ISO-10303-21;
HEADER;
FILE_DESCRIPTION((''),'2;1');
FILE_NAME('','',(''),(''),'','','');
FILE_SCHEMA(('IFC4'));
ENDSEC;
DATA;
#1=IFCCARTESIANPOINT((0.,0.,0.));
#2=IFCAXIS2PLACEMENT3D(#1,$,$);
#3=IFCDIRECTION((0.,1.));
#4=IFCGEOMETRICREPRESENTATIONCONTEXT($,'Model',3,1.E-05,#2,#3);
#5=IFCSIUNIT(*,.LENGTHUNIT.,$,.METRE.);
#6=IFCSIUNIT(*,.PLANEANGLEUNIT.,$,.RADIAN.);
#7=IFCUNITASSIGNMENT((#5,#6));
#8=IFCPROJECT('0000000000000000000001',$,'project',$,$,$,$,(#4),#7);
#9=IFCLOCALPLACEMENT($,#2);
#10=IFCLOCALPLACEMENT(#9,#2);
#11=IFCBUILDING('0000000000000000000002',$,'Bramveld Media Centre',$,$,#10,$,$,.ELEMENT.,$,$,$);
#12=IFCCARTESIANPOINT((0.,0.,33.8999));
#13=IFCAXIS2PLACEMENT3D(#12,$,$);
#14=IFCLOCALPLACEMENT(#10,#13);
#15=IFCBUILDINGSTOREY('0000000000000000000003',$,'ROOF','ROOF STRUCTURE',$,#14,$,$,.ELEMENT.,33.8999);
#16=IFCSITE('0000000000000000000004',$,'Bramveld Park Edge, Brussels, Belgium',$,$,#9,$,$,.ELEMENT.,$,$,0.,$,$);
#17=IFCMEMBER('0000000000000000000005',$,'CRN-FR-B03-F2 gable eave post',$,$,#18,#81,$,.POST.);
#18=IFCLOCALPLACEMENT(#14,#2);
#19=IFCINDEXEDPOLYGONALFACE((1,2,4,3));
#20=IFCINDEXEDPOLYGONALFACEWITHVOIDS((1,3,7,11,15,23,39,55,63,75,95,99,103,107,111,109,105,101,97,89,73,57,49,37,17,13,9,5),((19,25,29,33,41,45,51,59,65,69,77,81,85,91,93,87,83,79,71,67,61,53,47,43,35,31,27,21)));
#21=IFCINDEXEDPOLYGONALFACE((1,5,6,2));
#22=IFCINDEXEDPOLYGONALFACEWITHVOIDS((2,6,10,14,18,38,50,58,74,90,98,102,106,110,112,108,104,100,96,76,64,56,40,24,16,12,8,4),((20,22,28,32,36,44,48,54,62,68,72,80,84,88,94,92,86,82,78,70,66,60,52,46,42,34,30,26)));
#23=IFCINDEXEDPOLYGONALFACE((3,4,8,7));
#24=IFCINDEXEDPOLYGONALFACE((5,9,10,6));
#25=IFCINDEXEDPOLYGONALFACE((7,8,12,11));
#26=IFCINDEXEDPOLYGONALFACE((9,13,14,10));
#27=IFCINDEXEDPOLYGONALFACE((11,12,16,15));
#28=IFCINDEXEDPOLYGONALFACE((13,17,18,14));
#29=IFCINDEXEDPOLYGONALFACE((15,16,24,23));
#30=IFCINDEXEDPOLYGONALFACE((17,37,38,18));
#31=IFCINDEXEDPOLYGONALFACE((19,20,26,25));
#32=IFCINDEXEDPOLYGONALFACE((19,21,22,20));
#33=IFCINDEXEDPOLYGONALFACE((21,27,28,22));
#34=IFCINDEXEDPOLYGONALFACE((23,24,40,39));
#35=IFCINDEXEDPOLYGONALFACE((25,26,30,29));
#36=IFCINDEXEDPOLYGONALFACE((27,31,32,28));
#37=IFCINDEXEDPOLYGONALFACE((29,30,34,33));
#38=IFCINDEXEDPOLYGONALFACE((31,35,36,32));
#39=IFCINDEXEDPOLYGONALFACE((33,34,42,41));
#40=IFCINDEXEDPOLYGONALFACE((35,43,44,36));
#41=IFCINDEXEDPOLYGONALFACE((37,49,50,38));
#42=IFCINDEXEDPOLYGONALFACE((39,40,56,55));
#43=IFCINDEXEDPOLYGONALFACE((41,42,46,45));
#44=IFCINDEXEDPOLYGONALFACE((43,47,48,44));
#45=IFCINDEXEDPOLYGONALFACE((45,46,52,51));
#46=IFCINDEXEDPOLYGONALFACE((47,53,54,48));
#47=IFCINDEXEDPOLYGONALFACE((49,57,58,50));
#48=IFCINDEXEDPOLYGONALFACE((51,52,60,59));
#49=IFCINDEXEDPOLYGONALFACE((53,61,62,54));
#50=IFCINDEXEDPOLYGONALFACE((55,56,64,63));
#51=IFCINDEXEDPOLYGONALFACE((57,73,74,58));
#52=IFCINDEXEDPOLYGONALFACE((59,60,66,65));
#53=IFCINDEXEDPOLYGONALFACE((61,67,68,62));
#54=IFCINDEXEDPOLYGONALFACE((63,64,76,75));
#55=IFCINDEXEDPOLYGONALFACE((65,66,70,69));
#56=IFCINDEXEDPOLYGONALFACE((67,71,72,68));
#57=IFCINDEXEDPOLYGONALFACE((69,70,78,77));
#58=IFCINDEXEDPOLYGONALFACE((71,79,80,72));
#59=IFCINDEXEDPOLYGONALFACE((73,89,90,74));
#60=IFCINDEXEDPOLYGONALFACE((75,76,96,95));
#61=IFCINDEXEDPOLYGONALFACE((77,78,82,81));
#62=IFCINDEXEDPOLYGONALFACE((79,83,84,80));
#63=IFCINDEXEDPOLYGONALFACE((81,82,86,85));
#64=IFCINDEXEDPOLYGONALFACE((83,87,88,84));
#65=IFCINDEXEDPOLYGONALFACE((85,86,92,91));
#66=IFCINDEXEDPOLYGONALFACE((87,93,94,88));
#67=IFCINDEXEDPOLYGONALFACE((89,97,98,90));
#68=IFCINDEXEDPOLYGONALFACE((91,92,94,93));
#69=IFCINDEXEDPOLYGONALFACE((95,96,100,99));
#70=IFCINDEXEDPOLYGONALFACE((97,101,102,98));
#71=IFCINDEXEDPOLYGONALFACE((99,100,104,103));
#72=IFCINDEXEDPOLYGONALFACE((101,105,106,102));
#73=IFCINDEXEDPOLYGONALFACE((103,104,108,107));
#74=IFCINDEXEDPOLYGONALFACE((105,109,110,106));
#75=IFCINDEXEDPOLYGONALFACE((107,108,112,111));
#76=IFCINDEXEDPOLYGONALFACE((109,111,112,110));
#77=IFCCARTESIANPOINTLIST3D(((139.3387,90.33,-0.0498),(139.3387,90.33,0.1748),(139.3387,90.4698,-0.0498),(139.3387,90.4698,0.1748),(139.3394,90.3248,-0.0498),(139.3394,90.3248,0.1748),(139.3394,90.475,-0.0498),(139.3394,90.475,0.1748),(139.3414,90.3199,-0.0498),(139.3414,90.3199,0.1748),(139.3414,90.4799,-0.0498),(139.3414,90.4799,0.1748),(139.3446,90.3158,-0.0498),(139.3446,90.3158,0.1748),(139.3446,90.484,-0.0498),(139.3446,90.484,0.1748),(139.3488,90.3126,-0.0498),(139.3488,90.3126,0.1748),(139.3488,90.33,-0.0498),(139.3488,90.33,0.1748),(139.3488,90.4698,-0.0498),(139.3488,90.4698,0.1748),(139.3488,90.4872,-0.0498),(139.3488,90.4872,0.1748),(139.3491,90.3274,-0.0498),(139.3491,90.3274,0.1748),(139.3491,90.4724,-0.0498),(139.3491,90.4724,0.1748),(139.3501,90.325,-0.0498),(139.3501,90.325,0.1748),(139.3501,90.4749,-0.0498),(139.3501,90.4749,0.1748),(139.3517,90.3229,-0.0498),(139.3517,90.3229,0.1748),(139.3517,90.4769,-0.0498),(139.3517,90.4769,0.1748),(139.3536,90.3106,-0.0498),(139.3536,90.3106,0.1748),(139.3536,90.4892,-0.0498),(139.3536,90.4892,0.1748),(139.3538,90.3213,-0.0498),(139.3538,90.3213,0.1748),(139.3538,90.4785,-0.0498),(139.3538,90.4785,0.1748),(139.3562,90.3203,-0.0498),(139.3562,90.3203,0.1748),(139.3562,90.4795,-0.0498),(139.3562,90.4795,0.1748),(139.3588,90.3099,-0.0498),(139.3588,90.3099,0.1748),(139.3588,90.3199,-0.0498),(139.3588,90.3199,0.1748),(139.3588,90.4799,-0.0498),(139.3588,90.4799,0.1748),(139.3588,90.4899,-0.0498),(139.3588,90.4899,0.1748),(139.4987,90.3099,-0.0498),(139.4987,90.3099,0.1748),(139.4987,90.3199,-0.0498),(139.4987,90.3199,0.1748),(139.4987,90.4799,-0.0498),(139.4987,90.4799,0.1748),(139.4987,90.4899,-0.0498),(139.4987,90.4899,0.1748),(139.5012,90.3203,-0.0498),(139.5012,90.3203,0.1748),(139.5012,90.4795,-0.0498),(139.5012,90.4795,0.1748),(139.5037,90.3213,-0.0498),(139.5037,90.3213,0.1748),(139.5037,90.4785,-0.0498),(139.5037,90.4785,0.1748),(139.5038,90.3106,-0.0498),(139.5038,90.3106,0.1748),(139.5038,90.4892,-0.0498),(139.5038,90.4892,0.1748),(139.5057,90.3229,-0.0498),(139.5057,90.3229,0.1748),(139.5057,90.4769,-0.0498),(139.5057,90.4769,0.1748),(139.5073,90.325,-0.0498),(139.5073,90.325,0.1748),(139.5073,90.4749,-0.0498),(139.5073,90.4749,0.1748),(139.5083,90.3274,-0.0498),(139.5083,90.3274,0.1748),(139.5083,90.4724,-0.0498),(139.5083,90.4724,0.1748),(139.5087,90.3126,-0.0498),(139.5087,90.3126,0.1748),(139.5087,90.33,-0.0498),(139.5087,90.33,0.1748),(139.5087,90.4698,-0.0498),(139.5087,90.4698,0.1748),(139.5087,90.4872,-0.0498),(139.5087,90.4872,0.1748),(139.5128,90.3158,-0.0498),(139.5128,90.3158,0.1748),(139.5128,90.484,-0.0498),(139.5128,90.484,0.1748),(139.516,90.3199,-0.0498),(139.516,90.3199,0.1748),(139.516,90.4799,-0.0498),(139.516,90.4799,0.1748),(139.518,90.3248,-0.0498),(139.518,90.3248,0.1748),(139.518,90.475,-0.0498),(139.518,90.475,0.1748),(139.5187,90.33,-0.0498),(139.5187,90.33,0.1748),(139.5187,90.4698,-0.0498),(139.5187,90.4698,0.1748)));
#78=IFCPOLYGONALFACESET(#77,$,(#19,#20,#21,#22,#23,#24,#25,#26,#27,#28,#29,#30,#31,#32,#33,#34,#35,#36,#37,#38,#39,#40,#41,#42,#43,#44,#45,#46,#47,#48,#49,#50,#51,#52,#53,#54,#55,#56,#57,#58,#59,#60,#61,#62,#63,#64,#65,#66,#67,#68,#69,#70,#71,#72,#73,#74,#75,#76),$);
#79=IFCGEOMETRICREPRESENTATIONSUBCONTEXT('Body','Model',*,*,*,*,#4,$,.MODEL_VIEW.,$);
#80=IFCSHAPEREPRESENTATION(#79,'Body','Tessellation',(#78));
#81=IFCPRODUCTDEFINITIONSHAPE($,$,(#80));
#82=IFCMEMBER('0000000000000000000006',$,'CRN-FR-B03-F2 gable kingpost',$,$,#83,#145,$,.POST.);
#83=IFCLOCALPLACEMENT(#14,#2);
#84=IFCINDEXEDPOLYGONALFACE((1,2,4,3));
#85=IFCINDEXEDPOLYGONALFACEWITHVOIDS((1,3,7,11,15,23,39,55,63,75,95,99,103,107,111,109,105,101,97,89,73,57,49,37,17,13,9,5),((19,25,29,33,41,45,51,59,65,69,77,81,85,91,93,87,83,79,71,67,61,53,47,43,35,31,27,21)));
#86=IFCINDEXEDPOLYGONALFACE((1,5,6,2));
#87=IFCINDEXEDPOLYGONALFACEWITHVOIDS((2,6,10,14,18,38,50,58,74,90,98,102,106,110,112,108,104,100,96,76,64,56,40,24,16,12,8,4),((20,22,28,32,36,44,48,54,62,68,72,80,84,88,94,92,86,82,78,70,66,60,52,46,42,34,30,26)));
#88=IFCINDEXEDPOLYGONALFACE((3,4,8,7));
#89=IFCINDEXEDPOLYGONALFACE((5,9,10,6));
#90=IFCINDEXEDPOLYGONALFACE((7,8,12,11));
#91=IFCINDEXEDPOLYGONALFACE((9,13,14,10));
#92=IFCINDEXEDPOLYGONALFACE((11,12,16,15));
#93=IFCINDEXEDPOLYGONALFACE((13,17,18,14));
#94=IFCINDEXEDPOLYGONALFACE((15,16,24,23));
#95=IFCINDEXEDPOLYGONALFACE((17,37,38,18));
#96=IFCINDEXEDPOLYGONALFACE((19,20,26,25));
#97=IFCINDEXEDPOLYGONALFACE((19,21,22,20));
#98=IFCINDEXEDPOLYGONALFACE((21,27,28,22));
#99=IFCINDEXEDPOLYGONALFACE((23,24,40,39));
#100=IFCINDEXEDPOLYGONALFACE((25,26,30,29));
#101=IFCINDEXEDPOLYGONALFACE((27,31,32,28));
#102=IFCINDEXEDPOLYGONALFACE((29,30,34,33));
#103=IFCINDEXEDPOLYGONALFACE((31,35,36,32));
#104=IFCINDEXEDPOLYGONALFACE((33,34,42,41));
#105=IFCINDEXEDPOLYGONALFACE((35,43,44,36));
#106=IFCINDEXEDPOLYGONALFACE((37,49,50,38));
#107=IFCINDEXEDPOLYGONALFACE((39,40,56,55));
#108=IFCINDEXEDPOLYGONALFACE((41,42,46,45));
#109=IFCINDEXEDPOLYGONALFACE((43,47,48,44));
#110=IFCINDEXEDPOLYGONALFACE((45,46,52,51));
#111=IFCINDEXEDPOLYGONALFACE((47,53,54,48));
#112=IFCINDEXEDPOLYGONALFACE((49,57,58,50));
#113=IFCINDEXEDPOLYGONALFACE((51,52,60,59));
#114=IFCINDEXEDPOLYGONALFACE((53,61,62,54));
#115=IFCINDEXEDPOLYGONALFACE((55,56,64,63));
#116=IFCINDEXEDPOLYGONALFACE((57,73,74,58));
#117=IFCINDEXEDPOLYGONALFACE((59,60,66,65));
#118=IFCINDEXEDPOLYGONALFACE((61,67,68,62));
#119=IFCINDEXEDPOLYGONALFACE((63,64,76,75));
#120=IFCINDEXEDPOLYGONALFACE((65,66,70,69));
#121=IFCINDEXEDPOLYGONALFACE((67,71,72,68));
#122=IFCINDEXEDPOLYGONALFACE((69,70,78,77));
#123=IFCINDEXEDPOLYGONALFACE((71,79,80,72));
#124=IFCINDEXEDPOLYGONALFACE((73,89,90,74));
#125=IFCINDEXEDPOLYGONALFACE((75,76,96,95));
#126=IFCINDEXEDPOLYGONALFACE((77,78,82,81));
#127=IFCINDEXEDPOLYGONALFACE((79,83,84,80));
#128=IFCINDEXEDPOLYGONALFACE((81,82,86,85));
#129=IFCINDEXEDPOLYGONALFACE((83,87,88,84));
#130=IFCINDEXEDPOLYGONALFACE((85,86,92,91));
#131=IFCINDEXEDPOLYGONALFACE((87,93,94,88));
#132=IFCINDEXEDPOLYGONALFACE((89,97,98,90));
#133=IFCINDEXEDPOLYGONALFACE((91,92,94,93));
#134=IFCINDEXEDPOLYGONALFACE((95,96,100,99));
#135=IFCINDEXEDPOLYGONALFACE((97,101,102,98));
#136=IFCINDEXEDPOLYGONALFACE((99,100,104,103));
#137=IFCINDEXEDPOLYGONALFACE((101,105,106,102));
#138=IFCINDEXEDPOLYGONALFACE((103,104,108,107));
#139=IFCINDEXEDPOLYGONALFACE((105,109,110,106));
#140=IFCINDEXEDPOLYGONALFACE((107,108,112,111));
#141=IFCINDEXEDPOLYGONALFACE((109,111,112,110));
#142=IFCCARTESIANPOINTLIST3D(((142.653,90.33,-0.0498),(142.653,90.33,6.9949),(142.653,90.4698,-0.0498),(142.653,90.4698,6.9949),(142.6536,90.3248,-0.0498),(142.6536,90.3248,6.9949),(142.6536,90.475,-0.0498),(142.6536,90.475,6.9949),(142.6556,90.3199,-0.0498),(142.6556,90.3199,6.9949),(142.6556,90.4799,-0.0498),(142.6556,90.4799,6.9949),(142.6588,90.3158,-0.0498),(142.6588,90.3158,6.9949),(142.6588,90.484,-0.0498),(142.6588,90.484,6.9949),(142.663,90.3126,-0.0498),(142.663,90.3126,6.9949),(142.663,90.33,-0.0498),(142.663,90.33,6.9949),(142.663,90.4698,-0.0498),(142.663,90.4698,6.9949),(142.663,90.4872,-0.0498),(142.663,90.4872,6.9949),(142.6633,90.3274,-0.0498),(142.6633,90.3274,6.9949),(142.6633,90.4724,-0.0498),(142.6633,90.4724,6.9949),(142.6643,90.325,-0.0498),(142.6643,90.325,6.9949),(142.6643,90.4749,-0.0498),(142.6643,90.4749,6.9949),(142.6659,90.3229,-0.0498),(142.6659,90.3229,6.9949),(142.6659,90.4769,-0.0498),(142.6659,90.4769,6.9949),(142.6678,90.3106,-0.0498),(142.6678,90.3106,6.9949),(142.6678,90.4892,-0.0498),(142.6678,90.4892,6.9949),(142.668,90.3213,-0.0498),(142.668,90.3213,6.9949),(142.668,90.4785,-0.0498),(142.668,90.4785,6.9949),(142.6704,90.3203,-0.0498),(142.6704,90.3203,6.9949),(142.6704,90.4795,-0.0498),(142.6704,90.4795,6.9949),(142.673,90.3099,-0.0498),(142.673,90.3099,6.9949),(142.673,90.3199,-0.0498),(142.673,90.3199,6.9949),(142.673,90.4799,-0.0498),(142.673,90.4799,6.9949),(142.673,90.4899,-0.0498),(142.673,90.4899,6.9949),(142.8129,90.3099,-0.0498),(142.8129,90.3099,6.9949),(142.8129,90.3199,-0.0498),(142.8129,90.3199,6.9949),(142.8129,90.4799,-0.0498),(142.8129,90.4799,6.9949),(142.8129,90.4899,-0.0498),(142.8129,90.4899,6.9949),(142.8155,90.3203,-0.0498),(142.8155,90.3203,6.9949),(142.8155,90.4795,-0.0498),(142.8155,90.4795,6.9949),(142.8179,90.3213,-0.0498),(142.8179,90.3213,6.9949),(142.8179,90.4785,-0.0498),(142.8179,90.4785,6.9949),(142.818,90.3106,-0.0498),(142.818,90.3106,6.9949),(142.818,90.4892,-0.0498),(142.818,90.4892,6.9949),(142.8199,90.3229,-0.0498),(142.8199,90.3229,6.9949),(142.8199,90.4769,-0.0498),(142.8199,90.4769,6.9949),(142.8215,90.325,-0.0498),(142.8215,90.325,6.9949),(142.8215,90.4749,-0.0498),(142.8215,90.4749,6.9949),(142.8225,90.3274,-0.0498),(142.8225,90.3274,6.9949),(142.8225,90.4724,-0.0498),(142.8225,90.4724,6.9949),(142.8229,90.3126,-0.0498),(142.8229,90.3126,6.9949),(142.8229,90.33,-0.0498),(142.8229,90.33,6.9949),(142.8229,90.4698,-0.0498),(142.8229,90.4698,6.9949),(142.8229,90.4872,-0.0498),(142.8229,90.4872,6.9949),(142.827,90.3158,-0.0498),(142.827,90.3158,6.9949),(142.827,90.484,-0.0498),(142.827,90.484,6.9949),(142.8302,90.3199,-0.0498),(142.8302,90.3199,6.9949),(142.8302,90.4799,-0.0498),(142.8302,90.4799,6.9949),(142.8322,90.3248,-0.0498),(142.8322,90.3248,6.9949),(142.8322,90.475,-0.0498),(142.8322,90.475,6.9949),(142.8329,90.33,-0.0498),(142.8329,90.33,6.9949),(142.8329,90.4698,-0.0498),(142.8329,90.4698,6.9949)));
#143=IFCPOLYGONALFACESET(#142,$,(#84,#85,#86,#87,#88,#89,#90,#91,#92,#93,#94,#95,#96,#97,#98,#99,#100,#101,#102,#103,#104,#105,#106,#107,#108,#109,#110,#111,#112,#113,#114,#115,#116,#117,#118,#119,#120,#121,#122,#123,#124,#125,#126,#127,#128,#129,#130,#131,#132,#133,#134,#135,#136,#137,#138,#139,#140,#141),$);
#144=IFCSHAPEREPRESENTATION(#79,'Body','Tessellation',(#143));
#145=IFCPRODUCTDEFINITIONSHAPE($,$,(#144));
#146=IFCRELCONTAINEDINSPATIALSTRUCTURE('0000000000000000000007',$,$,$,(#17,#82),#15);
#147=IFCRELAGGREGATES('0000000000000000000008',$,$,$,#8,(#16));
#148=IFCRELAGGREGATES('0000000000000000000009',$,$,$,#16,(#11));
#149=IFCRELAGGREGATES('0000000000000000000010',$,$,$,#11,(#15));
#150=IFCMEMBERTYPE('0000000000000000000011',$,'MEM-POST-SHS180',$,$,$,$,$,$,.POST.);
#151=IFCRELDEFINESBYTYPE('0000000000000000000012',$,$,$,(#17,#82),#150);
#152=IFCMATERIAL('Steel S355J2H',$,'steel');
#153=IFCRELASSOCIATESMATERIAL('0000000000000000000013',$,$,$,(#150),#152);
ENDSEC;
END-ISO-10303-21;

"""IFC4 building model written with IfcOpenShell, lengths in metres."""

from ifc_helpers import new_model, si_unit, direction, frame, origin, origin_2d, place, context, subcontext, project, spatial, hollow_rectangle, extrude, material, material_profile, profile_set, type_object, element, save


model = new_model("IFC4")

# Units and contexts
model_context = context("Model", 3, precision=1e-05, world=origin(), true_north=direction((0.0, 1.0)))
body_context = subcontext(model_context, "Body", "Model", "MODEL_VIEW")
ifc_project = project(units=[si_unit("LENGTHUNIT", "METRE"), si_unit("PLANEANGLEUNIT", "RADIAN")], contexts=[model_context])

# Site, building, storey
site_placement = place(None, origin())
site = spatial("IfcSite", under=ifc_project, at=site_placement, Name="Bramveld Park Edge, Brussels, Belgium", CompositionType="ELEMENT", RefElevation=0.0)
building_placement = place(site_placement, origin())
building = spatial("IfcBuilding", under=site, at=building_placement, Name="Bramveld Media Centre", CompositionType="ELEMENT")
storey_placement = place(building_placement, frame((0.0, 0.0, 33.8999)))
storey = spatial("IfcBuildingStorey", under=building, at=storey_placement, Name="ROOF", Description="ROOF STRUCTURE", CompositionType="ELEMENT", Elevation=33.8999)

# Members
ifc_material_1 = material(Name="Steel S355J2H", Category="steel")
ifc_material_profile_1 = material_profile(ifc_material_1, hollow_rectangle(XDim=0.1799, YDim=0.1799, WallThickness=0.01, InnerFilletRadius=0.01, OuterFilletRadius=0.02, at=origin_2d()), Name="SHS 180x180x10")
ifc_profile_set_1 = profile_set([ifc_material_profile_1], Name="Steel S355J2H")
member_type_1 = type_object("IfcMemberType", Name="MEM-POST-SHS180", PredefinedType="POST", material=ifc_profile_set_1)
member_1_placement = place(storey_placement, frame((139.4287, 90.3999, -0.0498), z_axis=(0.0, 0.0, 1.0), x_axis=(1.0, 0.0, 0.0)))
element("IfcMember", 1, at=member_1_placement, inside=storey, type_object=member_type_1, Name="CRN-FR-B03-F2 gable eave post", PredefinedType="POST", context=body_context, shape_type="SweptSolid", body=[
    extrude(hollow_rectangle(XDim=0.1799, YDim=0.1799, WallThickness=0.01, InnerFilletRadius=0.01, OuterFilletRadius=0.02, at=origin_2d()), origin(), (0.0, 0.0, 1.0), 0.2246),
])
member_2_placement = place(storey_placement, frame((142.7429, 90.3999, -0.0498), z_axis=(0.0, 0.0, 1.0), x_axis=(1.0, 0.0, 0.0)))
element("IfcMember", 2, at=member_2_placement, inside=storey, type_object=member_type_1, Name="CRN-FR-B03-F2 gable kingpost", PredefinedType="POST", context=body_context, shape_type="SweptSolid", body=[
    extrude(hollow_rectangle(XDim=0.1799, YDim=0.1799, WallThickness=0.01, InnerFilletRadius=0.01, OuterFilletRadius=0.02, at=origin_2d()), origin(), (0.0, 0.0, 1.0), 7.0447),
])

save(model, "model.ifc")
